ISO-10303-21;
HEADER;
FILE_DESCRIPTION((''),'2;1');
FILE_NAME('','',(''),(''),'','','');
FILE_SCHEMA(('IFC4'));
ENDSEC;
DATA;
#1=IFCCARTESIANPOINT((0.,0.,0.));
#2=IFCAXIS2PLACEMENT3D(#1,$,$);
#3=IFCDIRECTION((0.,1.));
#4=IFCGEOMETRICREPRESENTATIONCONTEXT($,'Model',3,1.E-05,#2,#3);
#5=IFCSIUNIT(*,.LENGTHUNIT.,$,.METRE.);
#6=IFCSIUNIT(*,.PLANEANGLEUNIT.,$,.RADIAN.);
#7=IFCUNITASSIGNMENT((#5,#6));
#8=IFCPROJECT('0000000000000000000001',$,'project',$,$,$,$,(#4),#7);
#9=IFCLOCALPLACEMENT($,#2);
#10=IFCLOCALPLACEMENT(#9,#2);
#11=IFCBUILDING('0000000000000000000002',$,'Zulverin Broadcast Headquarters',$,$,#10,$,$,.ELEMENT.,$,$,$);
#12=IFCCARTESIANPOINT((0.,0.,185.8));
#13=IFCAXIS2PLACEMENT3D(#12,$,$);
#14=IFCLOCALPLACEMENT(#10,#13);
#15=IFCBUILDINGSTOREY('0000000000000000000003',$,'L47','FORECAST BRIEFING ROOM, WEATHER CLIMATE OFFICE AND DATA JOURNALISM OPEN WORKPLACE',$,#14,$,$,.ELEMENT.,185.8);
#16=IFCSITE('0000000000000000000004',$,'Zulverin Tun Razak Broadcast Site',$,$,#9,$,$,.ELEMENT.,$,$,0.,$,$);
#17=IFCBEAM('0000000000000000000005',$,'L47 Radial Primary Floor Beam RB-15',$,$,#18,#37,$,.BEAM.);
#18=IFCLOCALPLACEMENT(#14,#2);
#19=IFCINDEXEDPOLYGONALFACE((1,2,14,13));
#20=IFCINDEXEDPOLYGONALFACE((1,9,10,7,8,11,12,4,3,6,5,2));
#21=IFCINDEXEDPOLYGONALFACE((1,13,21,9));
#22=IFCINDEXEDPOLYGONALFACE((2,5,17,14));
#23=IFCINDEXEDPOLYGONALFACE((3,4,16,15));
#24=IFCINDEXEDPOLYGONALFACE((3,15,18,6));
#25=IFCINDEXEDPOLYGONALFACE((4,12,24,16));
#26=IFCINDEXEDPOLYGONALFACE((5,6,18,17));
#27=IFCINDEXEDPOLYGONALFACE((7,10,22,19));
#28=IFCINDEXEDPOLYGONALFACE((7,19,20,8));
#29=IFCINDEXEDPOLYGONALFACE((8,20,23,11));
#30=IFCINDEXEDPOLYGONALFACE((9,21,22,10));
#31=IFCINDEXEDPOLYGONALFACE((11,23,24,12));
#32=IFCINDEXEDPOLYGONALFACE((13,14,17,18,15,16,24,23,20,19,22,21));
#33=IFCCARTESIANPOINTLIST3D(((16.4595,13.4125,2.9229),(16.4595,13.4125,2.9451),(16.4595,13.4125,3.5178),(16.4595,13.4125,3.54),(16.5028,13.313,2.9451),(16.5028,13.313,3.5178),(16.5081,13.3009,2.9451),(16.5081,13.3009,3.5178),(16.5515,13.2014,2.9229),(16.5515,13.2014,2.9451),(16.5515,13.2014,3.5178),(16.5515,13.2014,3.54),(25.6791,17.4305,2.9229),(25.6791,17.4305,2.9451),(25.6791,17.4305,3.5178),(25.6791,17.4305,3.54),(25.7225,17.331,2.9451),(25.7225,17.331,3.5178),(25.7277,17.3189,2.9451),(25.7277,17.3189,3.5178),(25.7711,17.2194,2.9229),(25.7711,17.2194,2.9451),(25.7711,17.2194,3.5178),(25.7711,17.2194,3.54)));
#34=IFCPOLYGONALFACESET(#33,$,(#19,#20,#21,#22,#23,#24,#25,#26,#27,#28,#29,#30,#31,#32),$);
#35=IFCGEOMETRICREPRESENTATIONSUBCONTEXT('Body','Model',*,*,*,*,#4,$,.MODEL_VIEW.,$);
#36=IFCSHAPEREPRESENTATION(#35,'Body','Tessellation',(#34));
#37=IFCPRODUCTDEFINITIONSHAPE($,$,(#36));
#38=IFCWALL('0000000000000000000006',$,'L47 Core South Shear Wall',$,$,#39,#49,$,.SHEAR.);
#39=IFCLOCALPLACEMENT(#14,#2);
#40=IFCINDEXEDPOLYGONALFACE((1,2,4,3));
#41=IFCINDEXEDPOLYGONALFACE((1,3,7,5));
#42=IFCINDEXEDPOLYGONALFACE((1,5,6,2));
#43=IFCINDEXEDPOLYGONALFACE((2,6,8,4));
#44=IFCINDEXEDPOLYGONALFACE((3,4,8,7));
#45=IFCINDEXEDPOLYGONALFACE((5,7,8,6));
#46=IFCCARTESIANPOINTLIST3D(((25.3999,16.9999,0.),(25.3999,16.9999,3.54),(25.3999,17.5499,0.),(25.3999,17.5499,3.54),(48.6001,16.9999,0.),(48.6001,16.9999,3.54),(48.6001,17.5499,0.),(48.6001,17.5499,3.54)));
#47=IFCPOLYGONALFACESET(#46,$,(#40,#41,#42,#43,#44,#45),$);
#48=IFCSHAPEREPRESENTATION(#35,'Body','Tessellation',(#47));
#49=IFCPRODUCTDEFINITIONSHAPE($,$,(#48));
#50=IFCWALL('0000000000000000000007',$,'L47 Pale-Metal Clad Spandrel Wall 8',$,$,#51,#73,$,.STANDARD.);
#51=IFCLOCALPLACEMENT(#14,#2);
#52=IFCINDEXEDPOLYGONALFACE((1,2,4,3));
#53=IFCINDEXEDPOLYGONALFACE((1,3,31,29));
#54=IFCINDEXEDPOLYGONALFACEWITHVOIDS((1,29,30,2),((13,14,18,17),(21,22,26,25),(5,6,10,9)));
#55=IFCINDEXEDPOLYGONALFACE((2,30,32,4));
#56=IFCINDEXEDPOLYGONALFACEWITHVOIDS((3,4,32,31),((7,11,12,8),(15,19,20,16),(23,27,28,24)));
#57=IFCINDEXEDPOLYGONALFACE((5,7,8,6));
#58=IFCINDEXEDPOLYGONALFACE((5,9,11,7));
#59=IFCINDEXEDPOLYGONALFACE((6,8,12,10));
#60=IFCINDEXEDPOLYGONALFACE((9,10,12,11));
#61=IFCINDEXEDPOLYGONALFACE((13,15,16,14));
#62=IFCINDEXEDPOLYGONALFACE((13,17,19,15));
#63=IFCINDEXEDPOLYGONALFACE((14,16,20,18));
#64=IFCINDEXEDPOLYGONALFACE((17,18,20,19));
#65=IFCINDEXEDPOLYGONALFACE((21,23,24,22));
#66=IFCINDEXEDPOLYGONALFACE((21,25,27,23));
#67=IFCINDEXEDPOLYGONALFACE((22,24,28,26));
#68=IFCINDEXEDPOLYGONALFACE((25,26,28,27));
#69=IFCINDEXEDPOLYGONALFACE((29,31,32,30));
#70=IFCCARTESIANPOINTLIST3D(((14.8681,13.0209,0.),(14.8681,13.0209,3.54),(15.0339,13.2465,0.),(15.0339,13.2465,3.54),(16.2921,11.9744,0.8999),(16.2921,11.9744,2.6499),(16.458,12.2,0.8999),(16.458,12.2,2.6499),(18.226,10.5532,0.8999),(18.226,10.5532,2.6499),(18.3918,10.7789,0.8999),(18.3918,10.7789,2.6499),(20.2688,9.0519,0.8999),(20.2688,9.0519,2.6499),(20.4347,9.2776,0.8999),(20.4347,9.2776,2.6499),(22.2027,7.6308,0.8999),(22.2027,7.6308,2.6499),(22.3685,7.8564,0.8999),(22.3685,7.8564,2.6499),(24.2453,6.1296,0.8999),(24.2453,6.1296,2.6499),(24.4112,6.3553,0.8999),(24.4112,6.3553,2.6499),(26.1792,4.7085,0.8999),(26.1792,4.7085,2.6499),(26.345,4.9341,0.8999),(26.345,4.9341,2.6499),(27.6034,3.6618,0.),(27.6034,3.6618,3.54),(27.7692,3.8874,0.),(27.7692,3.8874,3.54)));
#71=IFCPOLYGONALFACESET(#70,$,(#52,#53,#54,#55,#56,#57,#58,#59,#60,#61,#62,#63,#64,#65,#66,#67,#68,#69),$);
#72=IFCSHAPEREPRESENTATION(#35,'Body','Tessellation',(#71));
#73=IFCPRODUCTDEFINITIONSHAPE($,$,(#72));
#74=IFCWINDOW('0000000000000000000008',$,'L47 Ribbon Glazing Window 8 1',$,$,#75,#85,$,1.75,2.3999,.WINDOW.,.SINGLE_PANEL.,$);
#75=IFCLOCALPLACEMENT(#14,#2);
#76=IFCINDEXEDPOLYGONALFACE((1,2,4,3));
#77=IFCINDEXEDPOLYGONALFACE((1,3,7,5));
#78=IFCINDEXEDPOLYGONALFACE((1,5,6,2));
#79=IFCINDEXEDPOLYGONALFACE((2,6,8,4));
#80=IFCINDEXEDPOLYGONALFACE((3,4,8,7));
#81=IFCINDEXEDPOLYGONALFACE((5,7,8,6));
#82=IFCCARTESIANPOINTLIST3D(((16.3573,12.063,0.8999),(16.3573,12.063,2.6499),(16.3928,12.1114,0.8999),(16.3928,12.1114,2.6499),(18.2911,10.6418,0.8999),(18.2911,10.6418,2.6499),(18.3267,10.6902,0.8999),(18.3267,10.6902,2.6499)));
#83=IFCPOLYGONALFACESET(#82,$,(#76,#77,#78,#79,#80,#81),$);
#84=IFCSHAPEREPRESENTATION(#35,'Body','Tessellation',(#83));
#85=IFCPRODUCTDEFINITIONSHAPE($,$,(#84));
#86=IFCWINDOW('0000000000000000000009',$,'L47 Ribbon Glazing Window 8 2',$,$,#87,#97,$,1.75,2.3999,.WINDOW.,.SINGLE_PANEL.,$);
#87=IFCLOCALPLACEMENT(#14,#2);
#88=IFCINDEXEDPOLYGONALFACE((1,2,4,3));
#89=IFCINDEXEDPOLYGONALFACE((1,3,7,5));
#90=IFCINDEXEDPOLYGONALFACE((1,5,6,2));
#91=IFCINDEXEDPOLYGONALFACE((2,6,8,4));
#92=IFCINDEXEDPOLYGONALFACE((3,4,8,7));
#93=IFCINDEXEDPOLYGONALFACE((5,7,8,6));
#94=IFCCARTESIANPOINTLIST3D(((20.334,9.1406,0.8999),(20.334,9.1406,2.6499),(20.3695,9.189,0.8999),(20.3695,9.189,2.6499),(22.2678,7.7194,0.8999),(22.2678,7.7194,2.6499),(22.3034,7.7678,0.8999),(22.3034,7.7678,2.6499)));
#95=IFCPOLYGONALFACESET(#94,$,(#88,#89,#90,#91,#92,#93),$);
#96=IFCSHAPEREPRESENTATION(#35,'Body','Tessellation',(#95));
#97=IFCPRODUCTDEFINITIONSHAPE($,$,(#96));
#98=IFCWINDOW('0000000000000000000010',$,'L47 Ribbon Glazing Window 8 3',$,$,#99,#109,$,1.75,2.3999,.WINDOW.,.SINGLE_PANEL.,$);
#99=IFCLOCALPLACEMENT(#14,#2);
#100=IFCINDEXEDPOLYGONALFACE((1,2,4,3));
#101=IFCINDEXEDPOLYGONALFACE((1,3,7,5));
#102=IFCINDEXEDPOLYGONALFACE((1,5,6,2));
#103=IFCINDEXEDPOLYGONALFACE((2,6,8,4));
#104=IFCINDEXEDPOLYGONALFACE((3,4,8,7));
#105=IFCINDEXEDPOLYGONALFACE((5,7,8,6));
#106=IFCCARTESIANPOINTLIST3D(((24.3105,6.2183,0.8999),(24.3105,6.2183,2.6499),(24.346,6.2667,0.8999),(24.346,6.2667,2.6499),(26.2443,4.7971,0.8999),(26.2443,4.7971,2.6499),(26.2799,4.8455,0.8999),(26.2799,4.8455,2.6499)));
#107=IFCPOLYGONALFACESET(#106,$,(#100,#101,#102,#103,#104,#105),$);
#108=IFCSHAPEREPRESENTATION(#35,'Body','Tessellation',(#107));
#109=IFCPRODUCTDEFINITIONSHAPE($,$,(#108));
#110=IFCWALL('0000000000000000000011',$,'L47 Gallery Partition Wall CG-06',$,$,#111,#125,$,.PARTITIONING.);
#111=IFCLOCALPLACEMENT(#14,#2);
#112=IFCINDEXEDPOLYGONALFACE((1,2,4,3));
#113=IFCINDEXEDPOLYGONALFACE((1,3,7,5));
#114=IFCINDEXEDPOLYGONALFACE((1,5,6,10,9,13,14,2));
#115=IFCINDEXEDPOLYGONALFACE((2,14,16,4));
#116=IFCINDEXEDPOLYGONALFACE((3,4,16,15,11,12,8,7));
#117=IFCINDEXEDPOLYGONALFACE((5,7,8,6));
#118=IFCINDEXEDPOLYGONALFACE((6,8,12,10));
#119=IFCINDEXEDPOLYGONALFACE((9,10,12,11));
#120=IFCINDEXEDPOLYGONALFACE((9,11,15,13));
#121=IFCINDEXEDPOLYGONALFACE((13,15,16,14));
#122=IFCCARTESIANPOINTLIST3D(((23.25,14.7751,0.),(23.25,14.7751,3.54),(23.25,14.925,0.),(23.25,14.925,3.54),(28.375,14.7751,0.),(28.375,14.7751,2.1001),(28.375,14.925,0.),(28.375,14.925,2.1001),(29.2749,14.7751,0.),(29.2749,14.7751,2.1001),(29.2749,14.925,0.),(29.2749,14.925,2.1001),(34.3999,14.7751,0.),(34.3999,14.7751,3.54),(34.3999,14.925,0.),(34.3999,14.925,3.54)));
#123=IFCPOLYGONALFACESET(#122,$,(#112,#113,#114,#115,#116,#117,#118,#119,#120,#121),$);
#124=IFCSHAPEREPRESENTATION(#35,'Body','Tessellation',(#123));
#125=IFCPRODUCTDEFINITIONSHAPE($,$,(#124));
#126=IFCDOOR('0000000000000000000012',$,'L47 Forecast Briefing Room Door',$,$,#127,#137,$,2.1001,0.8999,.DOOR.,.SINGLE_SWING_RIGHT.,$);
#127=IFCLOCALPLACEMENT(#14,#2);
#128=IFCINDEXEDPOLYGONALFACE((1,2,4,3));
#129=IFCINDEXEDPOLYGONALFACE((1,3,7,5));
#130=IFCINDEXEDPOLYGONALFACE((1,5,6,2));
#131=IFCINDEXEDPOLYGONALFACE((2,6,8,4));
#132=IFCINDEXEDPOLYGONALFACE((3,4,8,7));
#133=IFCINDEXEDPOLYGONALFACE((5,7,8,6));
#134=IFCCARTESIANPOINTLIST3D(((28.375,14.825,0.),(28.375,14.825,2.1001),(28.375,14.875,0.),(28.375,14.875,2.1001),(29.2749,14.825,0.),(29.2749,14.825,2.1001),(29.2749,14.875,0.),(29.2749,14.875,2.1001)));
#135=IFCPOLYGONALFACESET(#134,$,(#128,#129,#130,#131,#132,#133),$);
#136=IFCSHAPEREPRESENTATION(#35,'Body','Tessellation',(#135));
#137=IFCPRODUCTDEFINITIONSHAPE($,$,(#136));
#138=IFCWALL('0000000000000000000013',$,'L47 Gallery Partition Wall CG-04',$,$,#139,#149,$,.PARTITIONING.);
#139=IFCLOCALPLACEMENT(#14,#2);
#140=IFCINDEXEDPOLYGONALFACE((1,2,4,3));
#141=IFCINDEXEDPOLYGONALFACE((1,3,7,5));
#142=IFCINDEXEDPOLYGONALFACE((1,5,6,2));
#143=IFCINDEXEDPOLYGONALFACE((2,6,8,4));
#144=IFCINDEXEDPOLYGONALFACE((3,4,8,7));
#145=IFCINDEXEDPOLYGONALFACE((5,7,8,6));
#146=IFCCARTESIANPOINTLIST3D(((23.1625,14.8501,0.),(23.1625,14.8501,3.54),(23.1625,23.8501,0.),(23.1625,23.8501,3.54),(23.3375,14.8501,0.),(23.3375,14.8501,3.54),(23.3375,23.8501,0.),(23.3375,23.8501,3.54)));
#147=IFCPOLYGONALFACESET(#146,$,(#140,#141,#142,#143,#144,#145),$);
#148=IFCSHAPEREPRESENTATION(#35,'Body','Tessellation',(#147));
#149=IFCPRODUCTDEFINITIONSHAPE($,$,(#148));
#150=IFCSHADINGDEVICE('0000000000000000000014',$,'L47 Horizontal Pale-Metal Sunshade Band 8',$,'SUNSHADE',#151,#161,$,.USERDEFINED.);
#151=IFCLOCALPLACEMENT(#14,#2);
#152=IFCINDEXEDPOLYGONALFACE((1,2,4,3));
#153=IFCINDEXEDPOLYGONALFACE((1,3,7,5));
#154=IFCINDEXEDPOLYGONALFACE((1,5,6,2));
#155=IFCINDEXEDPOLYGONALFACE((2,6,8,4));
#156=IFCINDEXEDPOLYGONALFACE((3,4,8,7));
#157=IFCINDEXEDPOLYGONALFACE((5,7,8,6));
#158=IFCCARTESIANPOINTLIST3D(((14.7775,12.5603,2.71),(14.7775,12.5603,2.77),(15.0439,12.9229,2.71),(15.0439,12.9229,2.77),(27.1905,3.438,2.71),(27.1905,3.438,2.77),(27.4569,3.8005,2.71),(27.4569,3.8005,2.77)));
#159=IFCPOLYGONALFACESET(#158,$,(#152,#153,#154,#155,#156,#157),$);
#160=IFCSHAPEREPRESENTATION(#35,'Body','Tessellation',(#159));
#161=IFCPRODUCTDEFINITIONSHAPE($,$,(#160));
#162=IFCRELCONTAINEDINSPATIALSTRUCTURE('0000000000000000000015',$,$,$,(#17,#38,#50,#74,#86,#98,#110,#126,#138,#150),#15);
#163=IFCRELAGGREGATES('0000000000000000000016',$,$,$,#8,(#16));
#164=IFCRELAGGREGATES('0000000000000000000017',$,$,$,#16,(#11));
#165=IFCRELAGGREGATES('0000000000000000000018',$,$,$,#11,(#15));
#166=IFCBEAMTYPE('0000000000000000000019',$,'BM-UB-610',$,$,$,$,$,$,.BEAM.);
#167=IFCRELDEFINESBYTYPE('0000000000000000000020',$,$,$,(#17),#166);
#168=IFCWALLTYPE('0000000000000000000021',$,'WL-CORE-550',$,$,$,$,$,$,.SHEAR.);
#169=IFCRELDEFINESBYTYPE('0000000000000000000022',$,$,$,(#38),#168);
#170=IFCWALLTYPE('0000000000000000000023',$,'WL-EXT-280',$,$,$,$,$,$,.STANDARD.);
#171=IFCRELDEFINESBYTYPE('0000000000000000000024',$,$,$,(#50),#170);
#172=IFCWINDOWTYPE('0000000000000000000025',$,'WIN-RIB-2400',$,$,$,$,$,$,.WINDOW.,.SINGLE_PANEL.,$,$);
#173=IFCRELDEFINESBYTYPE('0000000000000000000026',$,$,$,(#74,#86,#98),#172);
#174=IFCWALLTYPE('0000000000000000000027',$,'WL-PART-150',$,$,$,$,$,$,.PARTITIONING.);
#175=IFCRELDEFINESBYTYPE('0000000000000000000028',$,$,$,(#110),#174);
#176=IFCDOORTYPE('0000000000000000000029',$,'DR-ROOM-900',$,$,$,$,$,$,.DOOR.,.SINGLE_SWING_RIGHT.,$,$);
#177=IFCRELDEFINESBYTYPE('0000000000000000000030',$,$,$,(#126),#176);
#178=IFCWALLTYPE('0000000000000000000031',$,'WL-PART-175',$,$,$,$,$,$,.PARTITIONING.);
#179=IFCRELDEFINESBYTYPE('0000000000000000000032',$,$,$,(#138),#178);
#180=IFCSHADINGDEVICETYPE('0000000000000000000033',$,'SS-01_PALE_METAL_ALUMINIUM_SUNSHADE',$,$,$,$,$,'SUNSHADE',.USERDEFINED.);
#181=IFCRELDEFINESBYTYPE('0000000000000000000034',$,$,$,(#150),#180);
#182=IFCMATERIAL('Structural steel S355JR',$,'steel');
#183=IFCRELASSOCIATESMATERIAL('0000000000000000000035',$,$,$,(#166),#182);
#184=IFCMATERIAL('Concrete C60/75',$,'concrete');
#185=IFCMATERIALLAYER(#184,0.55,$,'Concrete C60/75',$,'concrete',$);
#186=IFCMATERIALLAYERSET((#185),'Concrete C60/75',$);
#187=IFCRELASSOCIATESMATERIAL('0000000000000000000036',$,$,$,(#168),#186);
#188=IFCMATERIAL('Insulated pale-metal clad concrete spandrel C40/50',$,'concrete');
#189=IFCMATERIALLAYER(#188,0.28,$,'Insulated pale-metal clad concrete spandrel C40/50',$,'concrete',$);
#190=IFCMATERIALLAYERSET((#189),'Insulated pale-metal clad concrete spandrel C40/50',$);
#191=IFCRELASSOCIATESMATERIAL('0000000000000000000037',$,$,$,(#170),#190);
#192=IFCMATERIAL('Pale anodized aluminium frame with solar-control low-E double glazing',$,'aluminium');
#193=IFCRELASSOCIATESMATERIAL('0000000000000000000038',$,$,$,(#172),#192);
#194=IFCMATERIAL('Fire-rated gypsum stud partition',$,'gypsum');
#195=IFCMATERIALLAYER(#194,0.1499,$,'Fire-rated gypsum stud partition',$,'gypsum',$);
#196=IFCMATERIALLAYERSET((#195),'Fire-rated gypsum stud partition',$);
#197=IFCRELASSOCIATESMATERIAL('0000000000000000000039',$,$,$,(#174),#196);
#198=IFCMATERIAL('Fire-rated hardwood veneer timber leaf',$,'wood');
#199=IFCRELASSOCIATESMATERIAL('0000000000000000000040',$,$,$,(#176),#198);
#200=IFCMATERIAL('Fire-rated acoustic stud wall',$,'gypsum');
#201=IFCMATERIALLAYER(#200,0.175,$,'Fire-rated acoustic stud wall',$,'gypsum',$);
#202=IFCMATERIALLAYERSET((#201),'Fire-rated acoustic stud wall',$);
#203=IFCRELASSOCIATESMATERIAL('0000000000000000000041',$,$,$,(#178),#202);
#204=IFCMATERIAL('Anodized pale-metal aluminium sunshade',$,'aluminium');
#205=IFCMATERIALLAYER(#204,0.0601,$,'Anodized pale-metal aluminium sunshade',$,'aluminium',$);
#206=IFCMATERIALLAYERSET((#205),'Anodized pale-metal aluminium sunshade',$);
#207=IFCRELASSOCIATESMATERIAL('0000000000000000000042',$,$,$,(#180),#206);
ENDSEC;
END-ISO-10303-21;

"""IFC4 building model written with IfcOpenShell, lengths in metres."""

from ifc_helpers import new_model, si_unit, direction, frame, frame_2d, origin, origin_2d, place, context, subcontext, project, spatial, rectangle, i_section, extrude, material, layer, layer_set, material_profile, profile_set, type_object, element, fill, save


model = new_model("IFC4")

# Units and contexts
model_context = context("Model", 3, precision=1e-05, world=origin(), true_north=direction((0.0, 1.0)))
body_context = subcontext(model_context, "Body", "Model", "MODEL_VIEW")
ifc_project = project(units=[si_unit("LENGTHUNIT", "METRE"), si_unit("PLANEANGLEUNIT", "RADIAN")], contexts=[model_context])

# Site, building, storey
site_placement = place(None, origin())
site = spatial("IfcSite", under=ifc_project, at=site_placement, Name="Zulverin Tun Razak Broadcast Site", CompositionType="ELEMENT", RefElevation=0.0)
building_placement = place(site_placement, origin())
building = spatial("IfcBuilding", under=site, at=building_placement, Name="Zulverin Broadcast Headquarters", CompositionType="ELEMENT")
storey_placement = place(building_placement, frame((0.0, 0.0, 185.8)))
storey = spatial("IfcBuildingStorey", under=building, at=storey_placement, Name="L47", Description="FORECAST BRIEFING ROOM, WEATHER CLIMATE OFFICE AND DATA JOURNALISM OPEN WORKPLACE", CompositionType="ELEMENT", Elevation=185.8)

# Beam
ifc_material_1 = material(Name="Concrete C60/75", Category="concrete")
ifc_material_2 = material(Name="Structural steel S355JR", Category="steel")
ifc_material_profile_1 = material_profile(ifc_material_2, i_section(OverallWidth=0.2302, OverallDepth=0.6172, WebThickness=0.0132, FlangeThickness=0.0222, at=origin_2d()), Name="Structural steel S355JR", Category="steel")
ifc_profile_set_1 = profile_set([ifc_material_profile_1], Name="Structural steel S355JR")
beam_type_1 = type_object("IfcBeamType", Name="BM-UB-610", PredefinedType="BEAM", material=ifc_profile_set_1)
beam_1_placement = place(storey_placement, frame((25.7251, 17.325, 3.2314), z_axis=(-0.916725, -0.39952, 0.0), x_axis=(0.39952, -0.916725, 0.0)))
element("IfcBeam", 1, at=beam_1_placement, inside=storey, type_object=beam_type_1, Name="L47 Radial Primary Floor Beam RB-15", PredefinedType="BEAM", context=body_context, shape_type="SweptSolid", body=[
    extrude(i_section(OverallWidth=0.2302, OverallDepth=0.6172, WebThickness=0.0132, FlangeThickness=0.0222, at=origin_2d()), origin(), (0.0, 0.0, 1.0), 10.0571),
])

# Wall
ifc_layer_1 = layer(ifc_material_1, 0.55, Name="Concrete C60/75", Category="concrete")
ifc_layer_set_1 = layer_set([ifc_layer_1], Name="Concrete C60/75")
wall_type_1 = type_object("IfcWallType", Name="WL-CORE-550", PredefinedType="SHEAR", material=ifc_layer_set_1)
wall_1_placement = place(storey_placement, frame((25.3999, 17.2749, 0.0), z_axis=(0.0, 0.0, 1.0), x_axis=(1.0, 0.0, 0.0)))
element("IfcWall", 2, at=wall_1_placement, inside=storey, type_object=wall_type_1, Name="L47 Core South Shear Wall", PredefinedType="SHEAR", context=body_context, shape_type="SweptSolid", body=[
    extrude(rectangle(XDim=23.2002, YDim=0.55, at=frame_2d((11.6001, 0.0))), origin(), (0.0, 0.0, 1.0), 3.54),
])

# Wall, openings, windows
ifc_material_3 = material(Name="Insulated pale-metal clad concrete spandrel C40/50", Category="concrete")
ifc_layer_2 = layer(ifc_material_3, 0.28, Name="Insulated pale-metal clad concrete spandrel C40/50", Category="concrete")
ifc_layer_set_2 = layer_set([ifc_layer_2], Name="Insulated pale-metal clad concrete spandrel C40/50")
wall_type_2 = type_object("IfcWallType", Name="WL-EXT-280", PredefinedType="STANDARD", material=ifc_layer_set_2)
wall_2_placement = place(storey_placement, frame((14.9509, 13.1338, 0.0), z_axis=(0.0, 0.0, 1.0), x_axis=(0.805805, -0.592181, 0.0)))
wall_2 = element("IfcWall", 3, at=wall_2_placement, inside=storey, type_object=wall_type_2, Name="L47 Pale-Metal Clad Spandrel Wall 8", PredefinedType="STANDARD", context=body_context, shape_type="SweptSolid", body=[
    extrude(rectangle(XDim=15.8044, YDim=0.28, at=frame_2d((7.9023, 0.0))), origin(), (0.0, 0.0, 1.0), 3.54),
])
opening_1_placement = place(wall_2_placement, frame((1.7673, 0.0, 0.8999)))
opening_1 = element("IfcOpeningElement", 4, at=opening_1_placement, cuts=wall_2, PredefinedType="OPENING", context=body_context, shape_type="SweptSolid", body=[
    extrude(rectangle(XDim=2.3999, YDim=1.75, at=frame_2d((1.2, 0.875))), frame((0.0, 0.1499, 0.0), z_axis=(0.0, -1.0, 0.0), x_axis=(1.0, 0.0, 0.0)), (0.0, 0.0, 1.0), 0.3),
])
opening_2_placement = place(wall_2_placement, frame((6.7024, 0.0, 0.8999)))
opening_2 = element("IfcOpeningElement", 5, at=opening_2_placement, cuts=wall_2, PredefinedType="OPENING", context=body_context, shape_type="SweptSolid", body=[
    extrude(rectangle(XDim=2.3999, YDim=1.75, at=frame_2d((1.2, 0.875))), frame((0.0, 0.1499, 0.0), z_axis=(0.0, -1.0, 0.0), x_axis=(1.0, 0.0, 0.0)), (0.0, 0.0, 1.0), 0.3),
])
opening_3_placement = place(wall_2_placement, frame((11.6372, 0.0, 0.8999)))
opening_3 = element("IfcOpeningElement", 6, at=opening_3_placement, cuts=wall_2, PredefinedType="OPENING", context=body_context, shape_type="SweptSolid", body=[
    extrude(rectangle(XDim=2.3999, YDim=1.75, at=frame_2d((1.2, 0.875))), frame((0.0, 0.1499, 0.0), z_axis=(0.0, -1.0, 0.0), x_axis=(1.0, 0.0, 0.0)), (0.0, 0.0, 1.0), 0.3),
])
ifc_material_4 = material(Name="Pale anodized aluminium frame with solar-control low-E double glazing", Category="aluminium")
window_type = type_object("IfcWindowType", Name="WIN-RIB-2400", PartitioningType="SINGLE_PANEL", PredefinedType="WINDOW", material=ifc_material_4)
window_1_placement = place(opening_1_placement, origin())
window_1 = element("IfcWindow", 7, at=window_1_placement, inside=storey, type_object=window_type, Name="L47 Ribbon Glazing Window 8 1", OverallHeight=1.75, OverallWidth=2.3999, PartitioningType="SINGLE_PANEL", PredefinedType="WINDOW", context=body_context, shape_type="SweptSolid", body=[
    extrude(rectangle(XDim=2.3999, YDim=1.75, at=frame_2d((1.2, 0.875))), frame((0.0, 0.03, 0.0), z_axis=(0.0, -1.0, 0.0), x_axis=(1.0, 0.0, 0.0)), (0.0, 0.0, 1.0), 0.0601),
])
fill(opening_1, window_1)
window_2_placement = place(opening_2_placement, origin())
window_2 = element("IfcWindow", 8, at=window_2_placement, inside=storey, type_object=window_type, Name="L47 Ribbon Glazing Window 8 2", OverallHeight=1.75, OverallWidth=2.3999, PartitioningType="SINGLE_PANEL", PredefinedType="WINDOW", context=body_context, shape_type="SweptSolid", body=[
    extrude(rectangle(XDim=2.3999, YDim=1.75, at=frame_2d((1.2, 0.875))), frame((0.0, 0.03, 0.0), z_axis=(0.0, -1.0, 0.0), x_axis=(1.0, 0.0, 0.0)), (0.0, 0.0, 1.0), 0.0601),
])
fill(opening_2, window_2)
window_3_placement = place(opening_3_placement, origin())
window_3 = element("IfcWindow", 9, at=window_3_placement, inside=storey, type_object=window_type, Name="L47 Ribbon Glazing Window 8 3", OverallHeight=1.75, OverallWidth=2.3999, PartitioningType="SINGLE_PANEL", PredefinedType="WINDOW", context=body_context, shape_type="SweptSolid", body=[
    extrude(rectangle(XDim=2.3999, YDim=1.75, at=frame_2d((1.2, 0.875))), frame((0.0, 0.03, 0.0), z_axis=(0.0, -1.0, 0.0), x_axis=(1.0, 0.0, 0.0)), (0.0, 0.0, 1.0), 0.0601),
])
fill(opening_3, window_3)

# Wall, opening, door
ifc_material_5 = material(Name="Fire-rated gypsum stud partition", Category="gypsum")
ifc_layer_3 = layer(ifc_material_5, 0.1499, Name="Fire-rated gypsum stud partition", Category="gypsum")
ifc_layer_set_3 = layer_set([ifc_layer_3], Name="Fire-rated gypsum stud partition")
wall_type_3 = type_object("IfcWallType", Name="WL-PART-150", PredefinedType="PARTITIONING", material=ifc_layer_set_3)
wall_3_placement = place(storey_placement, frame((23.25, 14.8501, 0.0), z_axis=(0.0, 0.0, 1.0), x_axis=(1.0, 0.0, 0.0)))
wall_3 = element("IfcWall", 10, at=wall_3_placement, inside=storey, type_object=wall_type_3, Name="L47 Gallery Partition Wall CG-06", PredefinedType="PARTITIONING", context=body_context, shape_type="SweptSolid", body=[
    extrude(rectangle(XDim=11.1499, YDim=0.1499, at=frame_2d((5.575, 0.0))), origin(), (0.0, 0.0, 1.0), 3.54),
])
opening_4_placement = place(wall_3_placement, frame((5.125, 0.0, 0.0)))
opening_4 = element("IfcOpeningElement", 11, at=opening_4_placement, cuts=wall_3, PredefinedType="OPENING", context=body_context, shape_type="SweptSolid", body=[
    extrude(rectangle(XDim=0.8999, YDim=2.1001, at=frame_2d((0.45, 1.05))), frame((0.0, 0.085, 0.0), z_axis=(0.0, -1.0, 0.0), x_axis=(1.0, 0.0, 0.0)), (0.0, 0.0, 1.0), 0.1699),
])
ifc_material_6 = material(Name="Fire-rated hardwood veneer timber leaf", Category="wood")
door_type_1 = type_object("IfcDoorType", Name="DR-ROOM-900", OperationType="SINGLE_SWING_RIGHT", PredefinedType="DOOR", material=ifc_material_6)
door_1_placement = place(opening_4_placement, origin())
door_1 = element("IfcDoor", 12, at=door_1_placement, inside=storey, type_object=door_type_1, Name="L47 Forecast Briefing Room Door", OperationType="SINGLE_SWING_RIGHT", OverallHeight=2.1001, OverallWidth=0.8999, PredefinedType="DOOR", context=body_context, shape_type="SweptSolid", body=[
    extrude(rectangle(XDim=0.8999, YDim=2.1001, at=frame_2d((0.45, 1.05))), frame((0.0, 0.0249, 0.0), z_axis=(0.0, -1.0, 0.0), x_axis=(1.0, 0.0, 0.0)), (0.0, 0.0, 1.0), 0.05),
])
fill(opening_4, door_1)

# Wall
ifc_material_7 = material(Name="Fire-rated acoustic stud wall", Category="gypsum")
ifc_layer_4 = layer(ifc_material_7, 0.175, Name="Fire-rated acoustic stud wall", Category="gypsum")
ifc_layer_set_4 = layer_set([ifc_layer_4], Name="Fire-rated acoustic stud wall")
wall_type_4 = type_object("IfcWallType", Name="WL-PART-175", PredefinedType="PARTITIONING", material=ifc_layer_set_4)
wall_4_placement = place(storey_placement, frame((23.25, 14.8501, 0.0), z_axis=(0.0, 0.0, 1.0), x_axis=(0.0, 1.0, 0.0)))
element("IfcWall", 13, at=wall_4_placement, inside=storey, type_object=wall_type_4, Name="L47 Gallery Partition Wall CG-04", PredefinedType="PARTITIONING", context=body_context, shape_type="SweptSolid", body=[
    extrude(rectangle(XDim=9.0, YDim=0.175, at=frame_2d((4.5, 0.0))), origin(), (0.0, 0.0, 1.0), 3.54),
])

# Shading device
ifc_material_8 = material(Name="Anodized pale-metal aluminium sunshade", Category="aluminium")
ifc_layer_5 = layer(ifc_material_8, 0.0601, Name="Anodized pale-metal aluminium sunshade", Category="aluminium")
ifc_layer_set_5 = layer_set([ifc_layer_5], Name="Anodized pale-metal aluminium sunshade")
shading_device_type = type_object("IfcShadingDeviceType", Name="SS-01_PALE_METAL_ALUMINIUM_SUNSHADE", ElementType="SUNSHADE", PredefinedType="USERDEFINED", material=ifc_layer_set_5)
shading_device_placement = place(storey_placement, frame((21.1172, 8.1804, 2.71), z_axis=(0.0, 0.0, 1.0), x_axis=(0.805802, -0.592185, 0.0)))
element("IfcShadingDevice", 14, at=shading_device_placement, inside=storey, type_object=shading_device_type, Name="L47 Horizontal Pale-Metal Sunshade Band 8", ObjectType="SUNSHADE", PredefinedType="USERDEFINED", context=body_context, shape_type="SweptSolid", body=[
    extrude(rectangle(XDim=15.4045, YDim=0.45, at=origin_2d()), origin(), (0.0, 0.0, 1.0), 0.0601),
])

save(model, "model.ifc")
